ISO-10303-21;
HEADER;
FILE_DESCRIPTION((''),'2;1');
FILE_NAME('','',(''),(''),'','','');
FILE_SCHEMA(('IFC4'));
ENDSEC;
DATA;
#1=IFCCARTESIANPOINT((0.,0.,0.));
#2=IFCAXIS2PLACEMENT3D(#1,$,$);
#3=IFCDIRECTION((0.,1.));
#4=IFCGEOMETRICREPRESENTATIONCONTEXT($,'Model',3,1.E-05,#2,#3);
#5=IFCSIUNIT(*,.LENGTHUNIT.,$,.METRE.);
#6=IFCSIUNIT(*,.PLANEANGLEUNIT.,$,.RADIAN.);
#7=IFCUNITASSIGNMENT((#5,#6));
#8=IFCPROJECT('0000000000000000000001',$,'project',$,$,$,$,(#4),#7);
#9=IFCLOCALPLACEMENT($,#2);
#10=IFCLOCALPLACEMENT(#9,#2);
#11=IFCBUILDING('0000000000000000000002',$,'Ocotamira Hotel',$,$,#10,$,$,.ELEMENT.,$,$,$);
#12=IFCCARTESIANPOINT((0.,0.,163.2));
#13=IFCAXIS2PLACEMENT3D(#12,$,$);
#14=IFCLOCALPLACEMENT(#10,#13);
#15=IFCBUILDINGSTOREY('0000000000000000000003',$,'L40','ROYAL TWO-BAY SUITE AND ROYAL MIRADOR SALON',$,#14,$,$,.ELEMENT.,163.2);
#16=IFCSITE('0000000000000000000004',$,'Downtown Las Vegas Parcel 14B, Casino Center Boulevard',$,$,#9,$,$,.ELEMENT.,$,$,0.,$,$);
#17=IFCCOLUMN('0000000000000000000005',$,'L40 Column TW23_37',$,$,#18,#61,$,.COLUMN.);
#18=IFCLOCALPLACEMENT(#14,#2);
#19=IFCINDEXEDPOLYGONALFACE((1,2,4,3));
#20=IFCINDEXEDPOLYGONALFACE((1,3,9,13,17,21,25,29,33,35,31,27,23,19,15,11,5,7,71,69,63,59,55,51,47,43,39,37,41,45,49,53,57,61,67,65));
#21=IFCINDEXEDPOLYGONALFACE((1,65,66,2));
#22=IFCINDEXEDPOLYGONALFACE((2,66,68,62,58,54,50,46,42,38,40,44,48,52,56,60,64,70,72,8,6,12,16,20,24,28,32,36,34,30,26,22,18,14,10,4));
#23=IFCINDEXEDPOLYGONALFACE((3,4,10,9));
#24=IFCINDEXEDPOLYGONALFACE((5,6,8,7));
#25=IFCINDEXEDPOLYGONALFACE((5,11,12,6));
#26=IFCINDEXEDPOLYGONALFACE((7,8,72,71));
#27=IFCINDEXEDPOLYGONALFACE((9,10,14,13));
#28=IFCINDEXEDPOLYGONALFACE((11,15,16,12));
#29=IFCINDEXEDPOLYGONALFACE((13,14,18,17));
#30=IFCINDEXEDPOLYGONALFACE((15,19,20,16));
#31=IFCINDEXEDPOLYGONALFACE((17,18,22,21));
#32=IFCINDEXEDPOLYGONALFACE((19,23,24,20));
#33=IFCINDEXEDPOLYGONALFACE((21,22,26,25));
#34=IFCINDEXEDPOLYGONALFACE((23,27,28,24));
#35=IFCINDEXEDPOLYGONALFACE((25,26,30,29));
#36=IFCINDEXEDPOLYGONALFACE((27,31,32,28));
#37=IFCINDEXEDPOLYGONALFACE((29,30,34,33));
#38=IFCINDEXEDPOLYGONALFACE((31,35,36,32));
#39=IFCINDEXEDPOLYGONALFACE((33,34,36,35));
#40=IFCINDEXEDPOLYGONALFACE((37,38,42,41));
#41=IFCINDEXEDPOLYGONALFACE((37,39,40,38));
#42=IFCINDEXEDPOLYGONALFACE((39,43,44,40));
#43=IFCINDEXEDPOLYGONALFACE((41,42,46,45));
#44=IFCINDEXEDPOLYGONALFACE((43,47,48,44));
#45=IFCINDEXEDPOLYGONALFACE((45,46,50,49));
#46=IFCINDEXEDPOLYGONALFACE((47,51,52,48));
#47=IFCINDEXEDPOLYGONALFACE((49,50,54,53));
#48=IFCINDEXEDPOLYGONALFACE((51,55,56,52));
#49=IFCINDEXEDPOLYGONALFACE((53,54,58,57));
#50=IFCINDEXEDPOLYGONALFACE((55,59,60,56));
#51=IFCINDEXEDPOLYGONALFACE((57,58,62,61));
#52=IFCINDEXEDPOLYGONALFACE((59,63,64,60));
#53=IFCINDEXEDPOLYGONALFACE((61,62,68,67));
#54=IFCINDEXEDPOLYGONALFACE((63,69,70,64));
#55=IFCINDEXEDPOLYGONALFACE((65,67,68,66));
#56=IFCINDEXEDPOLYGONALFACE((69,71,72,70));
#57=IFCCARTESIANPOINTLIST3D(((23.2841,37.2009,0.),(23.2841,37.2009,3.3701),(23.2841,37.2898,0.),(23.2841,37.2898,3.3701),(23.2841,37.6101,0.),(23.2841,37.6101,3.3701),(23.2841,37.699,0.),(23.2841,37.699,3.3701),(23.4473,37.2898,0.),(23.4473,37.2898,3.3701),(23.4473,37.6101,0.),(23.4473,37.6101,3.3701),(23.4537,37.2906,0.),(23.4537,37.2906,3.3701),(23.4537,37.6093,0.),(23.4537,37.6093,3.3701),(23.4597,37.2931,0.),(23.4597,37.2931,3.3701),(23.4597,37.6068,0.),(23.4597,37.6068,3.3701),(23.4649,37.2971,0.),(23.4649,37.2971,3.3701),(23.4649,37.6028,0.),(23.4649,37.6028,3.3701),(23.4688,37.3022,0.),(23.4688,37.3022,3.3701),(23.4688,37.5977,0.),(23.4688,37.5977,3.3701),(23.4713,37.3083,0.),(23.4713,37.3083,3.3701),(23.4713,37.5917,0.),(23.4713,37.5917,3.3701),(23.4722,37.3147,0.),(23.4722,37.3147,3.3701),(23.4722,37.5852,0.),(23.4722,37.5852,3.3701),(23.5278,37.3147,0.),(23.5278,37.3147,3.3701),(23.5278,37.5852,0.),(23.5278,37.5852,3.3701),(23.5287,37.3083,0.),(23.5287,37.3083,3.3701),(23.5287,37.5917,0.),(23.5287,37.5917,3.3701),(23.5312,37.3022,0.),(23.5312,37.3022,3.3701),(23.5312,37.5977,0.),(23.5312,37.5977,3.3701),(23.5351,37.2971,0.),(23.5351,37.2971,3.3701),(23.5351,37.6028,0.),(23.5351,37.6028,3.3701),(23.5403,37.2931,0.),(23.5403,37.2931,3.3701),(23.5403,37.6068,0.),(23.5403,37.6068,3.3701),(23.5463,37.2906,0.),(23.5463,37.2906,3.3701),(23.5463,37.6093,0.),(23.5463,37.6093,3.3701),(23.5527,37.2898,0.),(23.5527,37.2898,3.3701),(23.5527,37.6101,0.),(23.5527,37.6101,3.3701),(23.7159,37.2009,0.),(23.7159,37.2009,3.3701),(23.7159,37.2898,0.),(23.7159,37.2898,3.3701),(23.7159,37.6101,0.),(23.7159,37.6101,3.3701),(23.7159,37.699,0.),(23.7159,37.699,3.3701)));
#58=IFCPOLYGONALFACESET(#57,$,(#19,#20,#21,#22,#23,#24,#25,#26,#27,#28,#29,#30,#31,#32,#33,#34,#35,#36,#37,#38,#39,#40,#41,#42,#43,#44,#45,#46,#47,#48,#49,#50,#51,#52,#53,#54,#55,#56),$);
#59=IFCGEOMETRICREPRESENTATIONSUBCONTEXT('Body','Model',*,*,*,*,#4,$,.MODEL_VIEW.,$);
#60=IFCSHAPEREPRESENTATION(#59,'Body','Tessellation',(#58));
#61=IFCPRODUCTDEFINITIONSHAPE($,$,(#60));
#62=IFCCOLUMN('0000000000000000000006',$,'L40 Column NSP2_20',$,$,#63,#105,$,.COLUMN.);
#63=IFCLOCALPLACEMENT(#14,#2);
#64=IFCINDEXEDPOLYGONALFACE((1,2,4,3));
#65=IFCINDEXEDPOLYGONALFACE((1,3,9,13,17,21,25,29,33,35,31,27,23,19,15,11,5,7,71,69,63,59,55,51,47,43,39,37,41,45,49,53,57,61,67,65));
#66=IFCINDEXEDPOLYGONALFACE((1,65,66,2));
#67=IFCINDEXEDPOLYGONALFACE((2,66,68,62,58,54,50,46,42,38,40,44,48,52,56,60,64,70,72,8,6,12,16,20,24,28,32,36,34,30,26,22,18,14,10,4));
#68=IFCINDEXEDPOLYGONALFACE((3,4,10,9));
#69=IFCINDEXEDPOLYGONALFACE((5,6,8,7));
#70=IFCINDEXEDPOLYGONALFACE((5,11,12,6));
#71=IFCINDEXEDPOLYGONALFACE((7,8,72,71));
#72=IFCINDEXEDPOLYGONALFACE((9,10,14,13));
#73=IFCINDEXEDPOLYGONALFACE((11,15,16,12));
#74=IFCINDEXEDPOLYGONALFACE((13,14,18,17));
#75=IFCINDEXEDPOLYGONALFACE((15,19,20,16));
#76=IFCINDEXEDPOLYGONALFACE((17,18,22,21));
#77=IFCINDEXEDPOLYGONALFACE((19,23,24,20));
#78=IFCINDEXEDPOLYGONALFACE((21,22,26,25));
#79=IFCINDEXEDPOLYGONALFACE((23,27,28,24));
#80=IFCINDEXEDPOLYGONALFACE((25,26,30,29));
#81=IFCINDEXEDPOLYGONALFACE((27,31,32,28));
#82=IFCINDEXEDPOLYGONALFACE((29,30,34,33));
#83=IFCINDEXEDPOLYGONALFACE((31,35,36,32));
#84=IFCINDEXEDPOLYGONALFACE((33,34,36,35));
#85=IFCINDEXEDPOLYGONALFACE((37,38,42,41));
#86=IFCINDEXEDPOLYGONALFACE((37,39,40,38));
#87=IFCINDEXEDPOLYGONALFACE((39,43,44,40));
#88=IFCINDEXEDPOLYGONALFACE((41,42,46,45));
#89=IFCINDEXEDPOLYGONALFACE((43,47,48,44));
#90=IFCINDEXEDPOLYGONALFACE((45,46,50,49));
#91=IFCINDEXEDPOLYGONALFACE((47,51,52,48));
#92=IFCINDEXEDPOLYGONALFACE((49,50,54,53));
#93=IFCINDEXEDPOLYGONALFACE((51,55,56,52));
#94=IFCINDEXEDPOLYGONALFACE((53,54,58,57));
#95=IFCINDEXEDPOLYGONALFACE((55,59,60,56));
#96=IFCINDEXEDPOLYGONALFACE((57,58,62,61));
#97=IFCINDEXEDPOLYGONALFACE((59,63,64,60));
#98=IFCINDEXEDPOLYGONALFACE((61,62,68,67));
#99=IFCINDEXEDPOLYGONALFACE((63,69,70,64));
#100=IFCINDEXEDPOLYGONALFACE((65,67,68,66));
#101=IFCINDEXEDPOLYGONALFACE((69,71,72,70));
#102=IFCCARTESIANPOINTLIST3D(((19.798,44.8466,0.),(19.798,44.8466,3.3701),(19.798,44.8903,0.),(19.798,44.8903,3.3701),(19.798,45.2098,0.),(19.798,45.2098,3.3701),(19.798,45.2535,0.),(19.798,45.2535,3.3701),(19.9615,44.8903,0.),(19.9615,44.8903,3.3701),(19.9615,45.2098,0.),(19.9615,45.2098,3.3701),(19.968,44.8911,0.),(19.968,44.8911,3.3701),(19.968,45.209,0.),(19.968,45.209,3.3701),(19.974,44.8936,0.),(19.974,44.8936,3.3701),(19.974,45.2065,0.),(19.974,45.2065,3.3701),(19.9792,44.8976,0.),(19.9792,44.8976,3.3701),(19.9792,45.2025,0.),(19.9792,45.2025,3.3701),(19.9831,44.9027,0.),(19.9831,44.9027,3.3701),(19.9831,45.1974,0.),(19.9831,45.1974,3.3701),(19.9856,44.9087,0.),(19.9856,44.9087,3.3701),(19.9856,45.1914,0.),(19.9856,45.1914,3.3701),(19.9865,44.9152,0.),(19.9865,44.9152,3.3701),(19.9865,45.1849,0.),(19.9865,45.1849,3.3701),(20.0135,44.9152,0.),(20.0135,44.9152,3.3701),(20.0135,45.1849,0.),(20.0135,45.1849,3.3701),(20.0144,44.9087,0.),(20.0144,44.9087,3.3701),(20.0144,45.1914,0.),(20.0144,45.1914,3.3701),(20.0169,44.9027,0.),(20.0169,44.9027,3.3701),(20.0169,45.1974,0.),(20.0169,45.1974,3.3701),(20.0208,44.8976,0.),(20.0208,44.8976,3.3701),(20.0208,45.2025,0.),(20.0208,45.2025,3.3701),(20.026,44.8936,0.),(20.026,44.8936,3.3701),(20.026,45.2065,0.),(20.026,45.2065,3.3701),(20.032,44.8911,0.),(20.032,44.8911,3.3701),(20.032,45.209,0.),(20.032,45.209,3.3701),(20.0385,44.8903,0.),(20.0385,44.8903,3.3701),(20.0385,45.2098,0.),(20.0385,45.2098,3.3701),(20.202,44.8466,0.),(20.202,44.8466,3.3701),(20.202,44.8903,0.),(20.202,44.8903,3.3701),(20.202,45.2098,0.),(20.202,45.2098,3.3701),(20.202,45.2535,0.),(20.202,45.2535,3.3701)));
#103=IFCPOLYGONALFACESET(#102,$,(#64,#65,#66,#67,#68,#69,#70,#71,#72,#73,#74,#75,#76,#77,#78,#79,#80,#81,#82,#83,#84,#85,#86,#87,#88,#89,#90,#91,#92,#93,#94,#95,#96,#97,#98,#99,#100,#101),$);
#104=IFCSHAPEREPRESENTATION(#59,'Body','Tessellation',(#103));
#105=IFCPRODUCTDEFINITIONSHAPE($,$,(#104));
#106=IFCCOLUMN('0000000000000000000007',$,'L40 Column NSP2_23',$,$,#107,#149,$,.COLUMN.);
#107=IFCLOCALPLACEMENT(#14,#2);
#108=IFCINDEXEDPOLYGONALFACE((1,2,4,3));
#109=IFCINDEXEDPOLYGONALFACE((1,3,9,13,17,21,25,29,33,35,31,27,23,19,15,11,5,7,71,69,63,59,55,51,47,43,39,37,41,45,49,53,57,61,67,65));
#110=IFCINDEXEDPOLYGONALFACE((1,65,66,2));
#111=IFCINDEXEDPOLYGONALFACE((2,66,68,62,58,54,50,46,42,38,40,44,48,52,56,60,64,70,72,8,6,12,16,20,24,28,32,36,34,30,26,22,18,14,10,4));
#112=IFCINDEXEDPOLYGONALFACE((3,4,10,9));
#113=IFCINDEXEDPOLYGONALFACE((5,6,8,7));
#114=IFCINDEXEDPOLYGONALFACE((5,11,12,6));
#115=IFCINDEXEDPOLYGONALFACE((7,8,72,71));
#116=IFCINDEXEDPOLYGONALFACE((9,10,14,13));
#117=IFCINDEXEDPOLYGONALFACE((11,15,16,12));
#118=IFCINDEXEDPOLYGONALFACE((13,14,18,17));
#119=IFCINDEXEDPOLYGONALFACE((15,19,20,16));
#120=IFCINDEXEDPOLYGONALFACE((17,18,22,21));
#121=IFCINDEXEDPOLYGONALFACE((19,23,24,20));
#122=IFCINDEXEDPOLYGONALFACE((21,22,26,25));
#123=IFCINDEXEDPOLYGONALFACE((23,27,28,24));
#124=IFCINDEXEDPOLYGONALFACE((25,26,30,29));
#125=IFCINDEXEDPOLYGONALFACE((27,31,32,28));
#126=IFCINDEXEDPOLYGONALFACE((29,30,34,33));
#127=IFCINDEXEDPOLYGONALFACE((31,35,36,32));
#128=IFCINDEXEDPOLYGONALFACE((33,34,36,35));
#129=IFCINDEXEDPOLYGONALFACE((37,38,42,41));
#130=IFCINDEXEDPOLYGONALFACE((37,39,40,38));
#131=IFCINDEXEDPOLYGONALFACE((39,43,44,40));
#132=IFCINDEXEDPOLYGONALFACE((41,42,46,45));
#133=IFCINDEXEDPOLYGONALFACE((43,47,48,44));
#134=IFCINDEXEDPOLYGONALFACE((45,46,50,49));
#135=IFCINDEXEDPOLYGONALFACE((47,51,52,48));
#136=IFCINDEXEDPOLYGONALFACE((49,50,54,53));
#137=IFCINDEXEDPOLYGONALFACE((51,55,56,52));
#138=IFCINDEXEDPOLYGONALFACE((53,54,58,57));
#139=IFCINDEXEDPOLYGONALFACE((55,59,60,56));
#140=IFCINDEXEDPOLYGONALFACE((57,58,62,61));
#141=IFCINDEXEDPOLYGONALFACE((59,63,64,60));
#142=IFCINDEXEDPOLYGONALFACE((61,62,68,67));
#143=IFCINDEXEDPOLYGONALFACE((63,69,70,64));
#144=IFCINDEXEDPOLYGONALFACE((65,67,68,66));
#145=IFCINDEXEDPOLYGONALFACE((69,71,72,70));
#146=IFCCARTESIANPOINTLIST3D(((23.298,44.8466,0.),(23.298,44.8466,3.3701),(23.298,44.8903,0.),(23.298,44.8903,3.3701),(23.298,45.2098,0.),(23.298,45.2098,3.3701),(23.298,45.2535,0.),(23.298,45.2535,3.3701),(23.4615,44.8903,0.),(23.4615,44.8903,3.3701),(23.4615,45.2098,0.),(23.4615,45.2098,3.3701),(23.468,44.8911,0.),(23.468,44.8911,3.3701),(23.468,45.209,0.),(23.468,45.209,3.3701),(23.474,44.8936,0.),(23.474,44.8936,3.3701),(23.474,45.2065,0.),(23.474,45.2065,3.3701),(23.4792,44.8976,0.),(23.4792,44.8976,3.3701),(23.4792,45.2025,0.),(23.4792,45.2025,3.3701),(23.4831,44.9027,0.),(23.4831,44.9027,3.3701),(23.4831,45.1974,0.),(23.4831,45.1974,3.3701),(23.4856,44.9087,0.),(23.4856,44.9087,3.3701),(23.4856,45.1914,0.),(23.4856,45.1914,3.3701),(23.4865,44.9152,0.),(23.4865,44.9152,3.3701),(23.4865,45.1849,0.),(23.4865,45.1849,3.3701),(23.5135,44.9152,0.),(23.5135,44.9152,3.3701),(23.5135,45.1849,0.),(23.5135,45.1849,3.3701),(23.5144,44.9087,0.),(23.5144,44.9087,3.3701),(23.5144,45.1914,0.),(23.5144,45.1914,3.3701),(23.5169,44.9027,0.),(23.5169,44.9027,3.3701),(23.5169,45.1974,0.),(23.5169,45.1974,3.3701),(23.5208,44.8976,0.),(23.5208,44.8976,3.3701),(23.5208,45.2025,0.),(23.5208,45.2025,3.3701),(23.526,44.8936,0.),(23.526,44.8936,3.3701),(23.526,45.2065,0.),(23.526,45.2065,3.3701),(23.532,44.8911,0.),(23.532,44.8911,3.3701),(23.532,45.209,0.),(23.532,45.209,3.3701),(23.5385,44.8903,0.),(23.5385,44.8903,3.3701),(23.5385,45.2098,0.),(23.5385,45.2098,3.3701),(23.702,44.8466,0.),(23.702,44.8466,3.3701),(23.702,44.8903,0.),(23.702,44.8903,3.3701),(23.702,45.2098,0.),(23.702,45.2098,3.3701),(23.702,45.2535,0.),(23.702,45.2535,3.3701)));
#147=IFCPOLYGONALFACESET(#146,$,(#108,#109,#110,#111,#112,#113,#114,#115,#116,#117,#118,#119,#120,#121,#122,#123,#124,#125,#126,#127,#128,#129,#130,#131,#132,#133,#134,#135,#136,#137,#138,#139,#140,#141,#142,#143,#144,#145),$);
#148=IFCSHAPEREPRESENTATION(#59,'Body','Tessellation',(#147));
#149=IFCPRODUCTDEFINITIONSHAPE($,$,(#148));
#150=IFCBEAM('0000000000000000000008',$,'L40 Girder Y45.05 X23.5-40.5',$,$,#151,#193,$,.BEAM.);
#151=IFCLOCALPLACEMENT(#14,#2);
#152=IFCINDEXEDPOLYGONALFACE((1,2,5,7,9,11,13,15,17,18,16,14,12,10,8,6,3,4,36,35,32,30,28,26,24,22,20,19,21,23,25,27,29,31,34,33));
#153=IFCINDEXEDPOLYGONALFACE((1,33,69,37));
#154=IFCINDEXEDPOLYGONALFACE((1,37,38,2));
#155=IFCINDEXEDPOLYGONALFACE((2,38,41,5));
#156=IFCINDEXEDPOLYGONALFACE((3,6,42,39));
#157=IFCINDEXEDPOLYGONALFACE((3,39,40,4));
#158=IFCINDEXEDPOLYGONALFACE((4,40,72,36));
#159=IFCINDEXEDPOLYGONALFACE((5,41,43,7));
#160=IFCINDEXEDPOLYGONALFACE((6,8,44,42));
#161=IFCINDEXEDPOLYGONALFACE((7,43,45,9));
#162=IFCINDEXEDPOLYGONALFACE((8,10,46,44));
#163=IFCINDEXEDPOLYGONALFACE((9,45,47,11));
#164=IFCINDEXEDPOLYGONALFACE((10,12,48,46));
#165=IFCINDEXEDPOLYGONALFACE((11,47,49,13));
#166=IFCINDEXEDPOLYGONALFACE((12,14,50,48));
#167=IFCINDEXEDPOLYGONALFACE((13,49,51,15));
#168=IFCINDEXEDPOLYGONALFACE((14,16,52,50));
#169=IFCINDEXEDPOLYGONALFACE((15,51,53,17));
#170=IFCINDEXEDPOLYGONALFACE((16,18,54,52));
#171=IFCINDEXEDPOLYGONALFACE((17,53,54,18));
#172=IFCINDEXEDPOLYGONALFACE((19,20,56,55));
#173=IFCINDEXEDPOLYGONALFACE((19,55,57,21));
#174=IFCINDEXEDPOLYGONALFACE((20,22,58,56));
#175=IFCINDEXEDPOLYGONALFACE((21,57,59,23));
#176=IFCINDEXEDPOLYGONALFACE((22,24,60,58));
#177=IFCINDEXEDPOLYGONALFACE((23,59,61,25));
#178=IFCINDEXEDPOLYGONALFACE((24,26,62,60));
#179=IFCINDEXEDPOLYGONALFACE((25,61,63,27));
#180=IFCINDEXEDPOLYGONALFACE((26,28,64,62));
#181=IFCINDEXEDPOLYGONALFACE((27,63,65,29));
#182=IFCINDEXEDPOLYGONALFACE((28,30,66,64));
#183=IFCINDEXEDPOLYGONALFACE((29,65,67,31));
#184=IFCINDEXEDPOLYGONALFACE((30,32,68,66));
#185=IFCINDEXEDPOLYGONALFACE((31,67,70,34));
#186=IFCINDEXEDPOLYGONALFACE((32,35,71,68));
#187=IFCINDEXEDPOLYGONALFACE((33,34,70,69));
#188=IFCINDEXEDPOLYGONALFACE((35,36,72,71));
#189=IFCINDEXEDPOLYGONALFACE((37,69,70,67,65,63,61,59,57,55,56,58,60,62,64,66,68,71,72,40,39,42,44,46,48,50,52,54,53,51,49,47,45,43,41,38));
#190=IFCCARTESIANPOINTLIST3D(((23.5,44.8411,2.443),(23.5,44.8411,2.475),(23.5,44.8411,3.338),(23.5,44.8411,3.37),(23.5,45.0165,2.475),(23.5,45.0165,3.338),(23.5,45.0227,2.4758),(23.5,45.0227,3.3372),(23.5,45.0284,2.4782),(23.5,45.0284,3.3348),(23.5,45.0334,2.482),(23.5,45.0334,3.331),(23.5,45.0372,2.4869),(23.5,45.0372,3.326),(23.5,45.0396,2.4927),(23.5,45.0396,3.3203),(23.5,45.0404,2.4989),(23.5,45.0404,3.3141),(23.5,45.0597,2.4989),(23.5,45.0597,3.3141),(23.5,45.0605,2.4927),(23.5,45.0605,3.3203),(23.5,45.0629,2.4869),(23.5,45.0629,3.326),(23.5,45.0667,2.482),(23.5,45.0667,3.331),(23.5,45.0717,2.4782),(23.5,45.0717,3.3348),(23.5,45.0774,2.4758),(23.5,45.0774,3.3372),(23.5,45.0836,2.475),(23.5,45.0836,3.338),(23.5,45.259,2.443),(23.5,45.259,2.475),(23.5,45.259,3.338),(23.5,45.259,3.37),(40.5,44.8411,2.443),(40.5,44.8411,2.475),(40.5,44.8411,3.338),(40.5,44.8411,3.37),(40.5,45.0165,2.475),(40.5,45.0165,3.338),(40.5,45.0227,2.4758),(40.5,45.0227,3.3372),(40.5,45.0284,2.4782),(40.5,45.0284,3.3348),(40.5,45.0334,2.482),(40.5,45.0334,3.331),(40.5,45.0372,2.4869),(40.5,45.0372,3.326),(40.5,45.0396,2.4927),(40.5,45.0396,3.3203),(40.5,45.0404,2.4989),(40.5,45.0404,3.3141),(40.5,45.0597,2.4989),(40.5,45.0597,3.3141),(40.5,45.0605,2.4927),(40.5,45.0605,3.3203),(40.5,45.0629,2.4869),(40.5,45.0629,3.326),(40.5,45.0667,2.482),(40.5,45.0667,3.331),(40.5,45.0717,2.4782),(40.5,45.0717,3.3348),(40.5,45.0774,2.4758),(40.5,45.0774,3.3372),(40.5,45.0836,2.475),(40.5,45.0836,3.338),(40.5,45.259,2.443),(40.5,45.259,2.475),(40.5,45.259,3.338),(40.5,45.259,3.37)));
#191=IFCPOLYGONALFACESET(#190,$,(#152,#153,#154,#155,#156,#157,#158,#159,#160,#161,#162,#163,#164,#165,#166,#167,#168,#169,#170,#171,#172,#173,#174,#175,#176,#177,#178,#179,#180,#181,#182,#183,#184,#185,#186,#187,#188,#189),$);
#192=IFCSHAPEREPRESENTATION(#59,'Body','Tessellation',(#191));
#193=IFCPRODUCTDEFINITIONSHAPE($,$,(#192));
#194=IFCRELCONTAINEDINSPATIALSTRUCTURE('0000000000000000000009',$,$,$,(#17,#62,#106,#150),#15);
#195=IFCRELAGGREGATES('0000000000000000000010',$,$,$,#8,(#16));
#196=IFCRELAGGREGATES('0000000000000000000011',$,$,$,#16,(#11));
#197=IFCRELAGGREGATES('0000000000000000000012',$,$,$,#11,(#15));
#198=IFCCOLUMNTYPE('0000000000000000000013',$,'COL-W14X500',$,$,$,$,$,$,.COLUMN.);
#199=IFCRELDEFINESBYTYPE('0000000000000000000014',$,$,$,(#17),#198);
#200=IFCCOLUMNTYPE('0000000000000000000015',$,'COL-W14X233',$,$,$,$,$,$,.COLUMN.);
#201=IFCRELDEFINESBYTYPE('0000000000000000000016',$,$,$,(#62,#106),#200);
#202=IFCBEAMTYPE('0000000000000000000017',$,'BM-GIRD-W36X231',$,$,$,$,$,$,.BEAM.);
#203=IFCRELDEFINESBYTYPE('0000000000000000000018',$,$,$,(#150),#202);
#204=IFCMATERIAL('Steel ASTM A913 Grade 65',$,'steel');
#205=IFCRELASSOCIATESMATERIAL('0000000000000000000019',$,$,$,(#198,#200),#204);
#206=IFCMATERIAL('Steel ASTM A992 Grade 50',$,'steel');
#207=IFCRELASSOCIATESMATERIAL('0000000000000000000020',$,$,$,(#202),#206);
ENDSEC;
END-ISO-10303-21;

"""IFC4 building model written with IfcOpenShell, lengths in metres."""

from ifc_helpers import new_model, si_unit, direction, frame, origin, origin_2d, place, context, subcontext, project, spatial, i_section, extrude, source, transform, mapped, material, material_profile, profile_set, type_object, element, save


model = new_model("IFC4")

# Units and contexts
model_context = context("Model", 3, precision=1e-05, world=origin(), true_north=direction((0.0, 1.0)))
body_context = subcontext(model_context, "Body", "Model", "MODEL_VIEW")
ifc_project = project(units=[si_unit("LENGTHUNIT", "METRE"), si_unit("PLANEANGLEUNIT", "RADIAN")], contexts=[model_context])

# Site, building, storey
site_placement = place(None, origin())
site = spatial("IfcSite", under=ifc_project, at=site_placement, Name="Downtown Las Vegas Parcel 14B, Casino Center Boulevard", CompositionType="ELEMENT", RefElevation=0.0)
building_placement = place(site_placement, origin())
building = spatial("IfcBuilding", under=site, at=building_placement, Name="Ocotamira Hotel", CompositionType="ELEMENT")
storey_placement = place(building_placement, frame((0.0, 0.0, 163.2)))
storey = spatial("IfcBuildingStorey", under=building, at=storey_placement, Name="L40", Description="ROYAL TWO-BAY SUITE AND ROYAL MIRADOR SALON", CompositionType="ELEMENT", Elevation=163.2)

# Columns
ifc_material_1 = material(Name="Steel ASTM A913 Grade 65", Category="steel")
ifc_material_profile_1 = material_profile(ifc_material_1, i_section(OverallWidth=0.4319, OverallDepth=0.498, WebThickness=0.0557, FlangeThickness=0.0889, FilletRadius=0.0249, at=origin_2d()), Name="W14X500")
ifc_profile_set_1 = profile_set([ifc_material_profile_1], Name="Steel ASTM A913 Grade 65")
column_type_1 = type_object("IfcColumnType", Name="COL-W14X500", PredefinedType="COLUMN", material=ifc_profile_set_1)
shared_shape_1 = source(origin(), body_context, "Body", "SweptSolid", [
    extrude(i_section(OverallWidth=0.4319, OverallDepth=0.498, WebThickness=0.0557, FlangeThickness=0.0889, FilletRadius=0.0249, at=origin_2d()), origin(), (0.0, 0.0, 1.0), 3.3701),
])
column_placement = place(storey_placement, frame((23.5, 37.45, 0.0), z_axis=(0.0, 0.0, 1.0), x_axis=(1.0, 0.0, 0.0)))
element("IfcColumn", 1, at=column_placement, inside=storey, type_object=column_type_1, Name="L40 Column TW23_37", PredefinedType="COLUMN", context=body_context, shape_type="MappedRepresentation", body=[
    mapped(shared_shape_1, transform((0.0, 0.0, 0.0), scale=1.0)),
])
ifc_material_profile_2 = material_profile(ifc_material_1, i_section(OverallWidth=0.4041, OverallDepth=0.407, WebThickness=0.0271, FlangeThickness=0.0437, FilletRadius=0.0249, at=origin_2d()), Name="W14X233")
ifc_profile_set_2 = profile_set([ifc_material_profile_2], Name="Steel ASTM A913 Grade 65")
column_type_2 = type_object("IfcColumnType", Name="COL-W14X233", PredefinedType="COLUMN", material=ifc_profile_set_2)
shared_shape_2 = source(origin(), body_context, "Body", "SweptSolid", [
    extrude(i_section(OverallWidth=0.4041, OverallDepth=0.407, WebThickness=0.0271, FlangeThickness=0.0437, FilletRadius=0.0249, at=origin_2d()), origin(), (0.0, 0.0, 1.0), 3.3701),
])
for number, where, z_axis, x_axis, name in (
    (2, (20.0, 45.05, 0.0), (0.0, 0.0, 1.0), (1.0, 0.0, 0.0), "L40 Column NSP2_20"),
    (3, (23.5, 45.05, 0.0), (0.0, 0.0, 1.0), (1.0, 0.0, 0.0), "L40 Column NSP2_23"),
):
    element("IfcColumn", number, at=place(storey_placement, frame(where, z_axis=z_axis, x_axis=x_axis)), inside=storey, type_object=column_type_2, Name=name, PredefinedType="COLUMN", context=body_context, shape_type="MappedRepresentation", body=[
        mapped(shared_shape_2, transform((0.0, 0.0, 0.0), scale=1.0)),
    ])

# Beam
ifc_material_2 = material(Name="Steel ASTM A992 Grade 50", Category="steel")
ifc_material_profile_3 = material_profile(ifc_material_2, i_section(OverallWidth=0.418, OverallDepth=0.927, WebThickness=0.0193, FlangeThickness=0.032, FilletRadius=0.0239, at=origin_2d()), Name="W36X231")
ifc_profile_set_3 = profile_set([ifc_material_profile_3], Name="Steel ASTM A992 Grade 50")
beam_type_1 = type_object("IfcBeamType", Name="BM-GIRD-W36X231", PredefinedType="BEAM", material=ifc_profile_set_3)
shared_shape_3 = source(origin(), body_context, "Body", "SweptSolid", [
    extrude(i_section(OverallWidth=0.418, OverallDepth=0.927, WebThickness=0.0193, FlangeThickness=0.032, FilletRadius=0.0239, at=origin_2d()), origin(), (0.0, 0.0, 1.0), 17.0),
])
beam_1_placement = place(storey_placement, frame((23.5, 45.05, 2.9065), z_axis=(1.0, 0.0, 0.0), x_axis=(0.0, 1.0, 0.0)))
element("IfcBeam", 4, at=beam_1_placement, inside=storey, type_object=beam_type_1, Name="L40 Girder Y45.05 X23.5-40.5", PredefinedType="BEAM", context=body_context, shape_type="MappedRepresentation", body=[
    mapped(shared_shape_3, transform((0.0, 0.0, 0.0), scale=1.0)),
])

save(model, "model.ifc")
